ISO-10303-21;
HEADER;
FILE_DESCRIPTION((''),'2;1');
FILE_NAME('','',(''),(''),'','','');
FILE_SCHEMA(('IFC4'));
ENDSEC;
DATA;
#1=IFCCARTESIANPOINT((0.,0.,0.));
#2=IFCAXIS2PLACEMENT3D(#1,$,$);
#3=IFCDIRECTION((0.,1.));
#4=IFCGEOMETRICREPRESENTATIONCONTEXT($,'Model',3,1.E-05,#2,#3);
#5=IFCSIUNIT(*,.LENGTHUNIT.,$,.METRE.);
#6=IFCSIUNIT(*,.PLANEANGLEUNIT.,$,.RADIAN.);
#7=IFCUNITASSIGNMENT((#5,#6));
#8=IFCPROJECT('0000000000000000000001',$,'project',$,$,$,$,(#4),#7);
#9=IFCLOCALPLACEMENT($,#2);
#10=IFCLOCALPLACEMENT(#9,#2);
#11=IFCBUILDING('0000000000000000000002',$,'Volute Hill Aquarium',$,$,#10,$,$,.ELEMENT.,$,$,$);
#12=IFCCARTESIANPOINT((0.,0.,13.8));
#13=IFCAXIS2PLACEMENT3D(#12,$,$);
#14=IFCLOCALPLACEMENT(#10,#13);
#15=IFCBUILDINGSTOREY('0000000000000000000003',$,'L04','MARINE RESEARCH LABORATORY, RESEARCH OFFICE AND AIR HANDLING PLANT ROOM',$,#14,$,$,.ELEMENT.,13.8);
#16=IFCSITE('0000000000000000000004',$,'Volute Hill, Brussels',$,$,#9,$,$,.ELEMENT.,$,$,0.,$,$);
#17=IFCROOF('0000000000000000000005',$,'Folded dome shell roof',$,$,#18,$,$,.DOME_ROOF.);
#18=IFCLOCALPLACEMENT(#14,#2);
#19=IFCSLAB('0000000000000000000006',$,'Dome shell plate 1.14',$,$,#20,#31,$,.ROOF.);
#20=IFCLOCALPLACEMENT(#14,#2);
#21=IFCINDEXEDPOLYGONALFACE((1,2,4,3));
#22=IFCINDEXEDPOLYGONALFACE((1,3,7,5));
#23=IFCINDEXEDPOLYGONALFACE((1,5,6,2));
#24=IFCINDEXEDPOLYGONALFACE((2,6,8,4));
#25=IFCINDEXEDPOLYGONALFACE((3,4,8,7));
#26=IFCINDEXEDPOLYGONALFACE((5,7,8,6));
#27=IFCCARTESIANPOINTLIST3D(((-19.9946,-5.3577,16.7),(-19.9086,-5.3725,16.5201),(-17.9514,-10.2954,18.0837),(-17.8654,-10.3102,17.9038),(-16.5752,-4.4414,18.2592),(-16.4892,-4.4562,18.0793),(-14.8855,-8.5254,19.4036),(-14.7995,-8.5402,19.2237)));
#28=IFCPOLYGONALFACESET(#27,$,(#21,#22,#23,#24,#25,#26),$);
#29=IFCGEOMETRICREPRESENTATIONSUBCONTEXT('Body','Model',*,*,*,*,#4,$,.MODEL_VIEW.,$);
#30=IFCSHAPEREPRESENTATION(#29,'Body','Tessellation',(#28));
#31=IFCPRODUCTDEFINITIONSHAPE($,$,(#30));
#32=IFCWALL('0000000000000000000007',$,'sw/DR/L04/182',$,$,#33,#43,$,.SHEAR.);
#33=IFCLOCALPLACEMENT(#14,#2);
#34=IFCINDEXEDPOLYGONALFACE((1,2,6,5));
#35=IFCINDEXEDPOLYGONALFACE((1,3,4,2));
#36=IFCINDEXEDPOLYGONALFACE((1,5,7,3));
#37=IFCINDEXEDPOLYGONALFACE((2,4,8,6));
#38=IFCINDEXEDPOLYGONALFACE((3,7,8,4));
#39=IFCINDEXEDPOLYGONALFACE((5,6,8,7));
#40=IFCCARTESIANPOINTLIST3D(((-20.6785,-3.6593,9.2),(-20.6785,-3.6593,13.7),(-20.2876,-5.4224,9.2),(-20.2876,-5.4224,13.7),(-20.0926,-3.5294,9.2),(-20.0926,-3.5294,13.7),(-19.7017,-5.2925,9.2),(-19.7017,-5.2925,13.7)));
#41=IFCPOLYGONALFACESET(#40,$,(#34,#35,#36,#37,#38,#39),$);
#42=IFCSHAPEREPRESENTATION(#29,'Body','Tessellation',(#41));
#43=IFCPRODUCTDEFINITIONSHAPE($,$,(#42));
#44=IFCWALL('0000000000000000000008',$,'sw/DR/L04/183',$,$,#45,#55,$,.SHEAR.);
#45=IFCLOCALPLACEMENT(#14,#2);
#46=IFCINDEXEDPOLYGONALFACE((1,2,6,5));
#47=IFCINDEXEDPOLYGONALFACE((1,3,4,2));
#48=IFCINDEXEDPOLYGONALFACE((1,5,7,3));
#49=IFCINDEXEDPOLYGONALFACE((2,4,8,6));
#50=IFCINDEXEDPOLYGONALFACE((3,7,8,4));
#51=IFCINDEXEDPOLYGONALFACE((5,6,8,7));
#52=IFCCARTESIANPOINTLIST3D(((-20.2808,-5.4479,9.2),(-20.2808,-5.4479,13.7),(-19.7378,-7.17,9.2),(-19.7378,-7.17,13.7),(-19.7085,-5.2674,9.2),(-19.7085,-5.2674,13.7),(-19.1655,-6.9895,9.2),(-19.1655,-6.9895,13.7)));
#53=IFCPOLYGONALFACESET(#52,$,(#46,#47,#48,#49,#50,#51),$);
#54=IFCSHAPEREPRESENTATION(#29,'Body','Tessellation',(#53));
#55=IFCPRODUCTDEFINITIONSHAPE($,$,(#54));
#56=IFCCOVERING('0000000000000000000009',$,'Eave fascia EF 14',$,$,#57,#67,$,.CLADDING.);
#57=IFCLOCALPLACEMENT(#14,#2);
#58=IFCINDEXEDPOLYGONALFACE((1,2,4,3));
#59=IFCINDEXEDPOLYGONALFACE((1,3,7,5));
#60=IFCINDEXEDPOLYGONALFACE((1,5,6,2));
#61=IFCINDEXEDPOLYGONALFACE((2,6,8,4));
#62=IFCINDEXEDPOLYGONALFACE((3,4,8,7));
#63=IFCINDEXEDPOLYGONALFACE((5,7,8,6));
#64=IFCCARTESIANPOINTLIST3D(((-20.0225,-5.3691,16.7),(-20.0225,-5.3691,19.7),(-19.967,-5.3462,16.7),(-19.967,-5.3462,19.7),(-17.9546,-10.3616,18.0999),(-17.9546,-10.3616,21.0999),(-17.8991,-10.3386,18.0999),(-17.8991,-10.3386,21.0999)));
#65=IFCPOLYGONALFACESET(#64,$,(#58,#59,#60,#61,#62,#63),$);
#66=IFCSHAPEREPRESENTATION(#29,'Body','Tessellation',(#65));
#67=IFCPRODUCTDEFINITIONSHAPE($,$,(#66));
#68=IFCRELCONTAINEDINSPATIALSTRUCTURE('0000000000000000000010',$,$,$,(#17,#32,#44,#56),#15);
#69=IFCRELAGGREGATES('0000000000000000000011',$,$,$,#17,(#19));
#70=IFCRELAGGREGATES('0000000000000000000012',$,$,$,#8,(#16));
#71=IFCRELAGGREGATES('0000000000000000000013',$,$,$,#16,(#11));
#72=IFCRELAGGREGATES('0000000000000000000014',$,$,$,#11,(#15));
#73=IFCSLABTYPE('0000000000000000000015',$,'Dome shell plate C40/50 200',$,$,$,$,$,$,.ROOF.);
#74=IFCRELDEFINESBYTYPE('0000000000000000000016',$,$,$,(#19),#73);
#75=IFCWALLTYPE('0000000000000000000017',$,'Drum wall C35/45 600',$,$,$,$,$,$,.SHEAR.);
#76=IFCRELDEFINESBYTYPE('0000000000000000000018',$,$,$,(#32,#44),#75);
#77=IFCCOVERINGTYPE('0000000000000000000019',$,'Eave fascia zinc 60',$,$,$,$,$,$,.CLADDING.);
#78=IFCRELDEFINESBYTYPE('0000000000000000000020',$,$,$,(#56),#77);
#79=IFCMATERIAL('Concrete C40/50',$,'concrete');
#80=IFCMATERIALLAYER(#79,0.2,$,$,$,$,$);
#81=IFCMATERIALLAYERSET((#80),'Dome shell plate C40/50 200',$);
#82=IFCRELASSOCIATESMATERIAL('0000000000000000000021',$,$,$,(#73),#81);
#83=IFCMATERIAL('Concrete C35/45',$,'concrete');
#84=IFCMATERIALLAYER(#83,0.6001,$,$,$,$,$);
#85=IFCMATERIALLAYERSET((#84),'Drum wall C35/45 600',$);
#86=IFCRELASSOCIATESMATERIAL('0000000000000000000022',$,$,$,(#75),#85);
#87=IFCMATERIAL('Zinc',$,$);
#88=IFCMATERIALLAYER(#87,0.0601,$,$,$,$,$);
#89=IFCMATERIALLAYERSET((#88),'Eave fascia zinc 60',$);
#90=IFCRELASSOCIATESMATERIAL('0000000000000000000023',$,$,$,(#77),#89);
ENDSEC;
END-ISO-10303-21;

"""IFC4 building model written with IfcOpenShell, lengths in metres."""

from ifc_helpers import new_model, si_unit, direction, frame, frame_2d, origin, place, context, subcontext, project, spatial, polyline, rectangle, outline, extrude, material, layer, layer_set, type_object, element, aggregate, save


model = new_model("IFC4")

# Units and contexts
model_context = context("Model", 3, precision=1e-05, world=origin(), true_north=direction((0.0, 1.0)))
body_context = subcontext(model_context, "Body", "Model", "MODEL_VIEW")
ifc_project = project(units=[si_unit("LENGTHUNIT", "METRE"), si_unit("PLANEANGLEUNIT", "RADIAN")], contexts=[model_context])

# Site, building, storey
site_placement = place(None, origin())
site = spatial("IfcSite", under=ifc_project, at=site_placement, Name="Volute Hill, Brussels", CompositionType="ELEMENT", RefElevation=0.0)
building_placement = place(site_placement, origin())
building = spatial("IfcBuilding", under=site, at=building_placement, Name="Volute Hill Aquarium", CompositionType="ELEMENT")
storey_placement = place(building_placement, frame((0.0, 0.0, 13.8)))
storey = spatial("IfcBuildingStorey", under=building, at=storey_placement, Name="L04", Description="MARINE RESEARCH LABORATORY, RESEARCH OFFICE AND AIR HANDLING PLANT ROOM", CompositionType="ELEMENT", Elevation=13.8)

# Roof, slab
roof_placement = place(storey_placement, origin())
roof = element("IfcRoof", 1, at=roof_placement, inside=storey, Name="Folded dome shell roof", PredefinedType="DOME_ROOF")
ifc_material_1 = material(Name="Concrete C40/50", Category="concrete")
ifc_layer_1 = layer(ifc_material_1, 0.2)
ifc_layer_set_1 = layer_set([ifc_layer_1], Name="Dome shell plate C40/50 200")
slab_type = type_object("IfcSlabType", Name="Dome shell plate C40/50 200", PredefinedType="ROOF", material=ifc_layer_set_1)
slab_placement = place(storey_placement, frame((-19.9946, -5.3577, 16.7), z_axis=(-0.430136, 0.074142, 0.899715), x_axis=(0.370149, -0.894512, 0.250674)))
slab = element("IfcSlab", 2, at=slab_placement, type_object=slab_type, Name="Dome shell plate 1.14", PredefinedType="ROOF", context=body_context, shape_type="SweptSolid", body=[
    extrude(outline(polyline([(0.0, 0.0), (5.52, 0.0), (5.4024, 3.7764), (0.837, 3.7766), (0.0, 0.0)])), origin(), (0.0, 0.0, -1.0), 0.2),
])
aggregate(roof, [slab])

# Walls
ifc_material_2 = material(Name="Concrete C35/45", Category="concrete")
ifc_layer_2 = layer(ifc_material_2, 0.6001)
ifc_layer_set_2 = layer_set([ifc_layer_2], Name="Drum wall C35/45 600")
wall_type = type_object("IfcWallType", Name="Drum wall C35/45 600", PredefinedType="SHEAR", material=ifc_layer_set_2)
wall_1_placement = place(storey_placement, frame((-20.3855, -3.5945, 9.2), z_axis=(0.0, 0.0, 1.0), x_axis=(0.216429, -0.976298, 0.0)))
element("IfcWall", 3, at=wall_1_placement, inside=storey, type_object=wall_type, Name="sw/DR/L04/182", PredefinedType="SHEAR", context=body_context, shape_type="SweptSolid", body=[
    extrude(rectangle(XDim=1.8059, YDim=0.6001, at=frame_2d((0.9028, 0.0))), origin(), (0.0, 0.0, 1.0), 4.5),
])
wall_2_placement = place(storey_placement, frame((-19.9946, -5.3577, 9.2), z_axis=(0.0, 0.0, 1.0), x_axis=(0.300691, -0.953722, 0.0)))
element("IfcWall", 4, at=wall_2_placement, inside=storey, type_object=wall_type, Name="sw/DR/L04/183", PredefinedType="SHEAR", context=body_context, shape_type="SweptSolid", body=[
    extrude(rectangle(XDim=1.8057, YDim=0.6001, at=frame_2d((0.9028, 0.0))), origin(), (0.0, 0.0, 1.0), 4.5),
])

# Covering
ifc_material_3 = material(Name="Zinc")
ifc_layer_3 = layer(ifc_material_3, 0.0601)
ifc_layer_set_3 = layer_set([ifc_layer_3], Name="Eave fascia zinc 60")
covering_type = type_object("IfcCoveringType", Name="Eave fascia zinc 60", PredefinedType="CLADDING", material=ifc_layer_set_3)
covering_placement = place(storey_placement, frame((-20.0225, -5.3691, 16.7), z_axis=(-0.923884, -0.382674, 0.0), x_axis=(0.370445, -0.894359, 0.250783)))
element("IfcCovering", 5, at=covering_placement, inside=storey, type_object=covering_type, Name="Eave fascia EF 14", PredefinedType="CLADDING", context=body_context, shape_type="SweptSolid", body=[
    extrude(outline(polyline([(0.0, 0.0), (5.5821, 0.0), (6.3345, 2.9041), (0.7523, 2.9041), (0.0, 0.0)])), origin(), (0.0, 0.0, -1.0), 0.0601),
])

save(model, "model.ifc")
